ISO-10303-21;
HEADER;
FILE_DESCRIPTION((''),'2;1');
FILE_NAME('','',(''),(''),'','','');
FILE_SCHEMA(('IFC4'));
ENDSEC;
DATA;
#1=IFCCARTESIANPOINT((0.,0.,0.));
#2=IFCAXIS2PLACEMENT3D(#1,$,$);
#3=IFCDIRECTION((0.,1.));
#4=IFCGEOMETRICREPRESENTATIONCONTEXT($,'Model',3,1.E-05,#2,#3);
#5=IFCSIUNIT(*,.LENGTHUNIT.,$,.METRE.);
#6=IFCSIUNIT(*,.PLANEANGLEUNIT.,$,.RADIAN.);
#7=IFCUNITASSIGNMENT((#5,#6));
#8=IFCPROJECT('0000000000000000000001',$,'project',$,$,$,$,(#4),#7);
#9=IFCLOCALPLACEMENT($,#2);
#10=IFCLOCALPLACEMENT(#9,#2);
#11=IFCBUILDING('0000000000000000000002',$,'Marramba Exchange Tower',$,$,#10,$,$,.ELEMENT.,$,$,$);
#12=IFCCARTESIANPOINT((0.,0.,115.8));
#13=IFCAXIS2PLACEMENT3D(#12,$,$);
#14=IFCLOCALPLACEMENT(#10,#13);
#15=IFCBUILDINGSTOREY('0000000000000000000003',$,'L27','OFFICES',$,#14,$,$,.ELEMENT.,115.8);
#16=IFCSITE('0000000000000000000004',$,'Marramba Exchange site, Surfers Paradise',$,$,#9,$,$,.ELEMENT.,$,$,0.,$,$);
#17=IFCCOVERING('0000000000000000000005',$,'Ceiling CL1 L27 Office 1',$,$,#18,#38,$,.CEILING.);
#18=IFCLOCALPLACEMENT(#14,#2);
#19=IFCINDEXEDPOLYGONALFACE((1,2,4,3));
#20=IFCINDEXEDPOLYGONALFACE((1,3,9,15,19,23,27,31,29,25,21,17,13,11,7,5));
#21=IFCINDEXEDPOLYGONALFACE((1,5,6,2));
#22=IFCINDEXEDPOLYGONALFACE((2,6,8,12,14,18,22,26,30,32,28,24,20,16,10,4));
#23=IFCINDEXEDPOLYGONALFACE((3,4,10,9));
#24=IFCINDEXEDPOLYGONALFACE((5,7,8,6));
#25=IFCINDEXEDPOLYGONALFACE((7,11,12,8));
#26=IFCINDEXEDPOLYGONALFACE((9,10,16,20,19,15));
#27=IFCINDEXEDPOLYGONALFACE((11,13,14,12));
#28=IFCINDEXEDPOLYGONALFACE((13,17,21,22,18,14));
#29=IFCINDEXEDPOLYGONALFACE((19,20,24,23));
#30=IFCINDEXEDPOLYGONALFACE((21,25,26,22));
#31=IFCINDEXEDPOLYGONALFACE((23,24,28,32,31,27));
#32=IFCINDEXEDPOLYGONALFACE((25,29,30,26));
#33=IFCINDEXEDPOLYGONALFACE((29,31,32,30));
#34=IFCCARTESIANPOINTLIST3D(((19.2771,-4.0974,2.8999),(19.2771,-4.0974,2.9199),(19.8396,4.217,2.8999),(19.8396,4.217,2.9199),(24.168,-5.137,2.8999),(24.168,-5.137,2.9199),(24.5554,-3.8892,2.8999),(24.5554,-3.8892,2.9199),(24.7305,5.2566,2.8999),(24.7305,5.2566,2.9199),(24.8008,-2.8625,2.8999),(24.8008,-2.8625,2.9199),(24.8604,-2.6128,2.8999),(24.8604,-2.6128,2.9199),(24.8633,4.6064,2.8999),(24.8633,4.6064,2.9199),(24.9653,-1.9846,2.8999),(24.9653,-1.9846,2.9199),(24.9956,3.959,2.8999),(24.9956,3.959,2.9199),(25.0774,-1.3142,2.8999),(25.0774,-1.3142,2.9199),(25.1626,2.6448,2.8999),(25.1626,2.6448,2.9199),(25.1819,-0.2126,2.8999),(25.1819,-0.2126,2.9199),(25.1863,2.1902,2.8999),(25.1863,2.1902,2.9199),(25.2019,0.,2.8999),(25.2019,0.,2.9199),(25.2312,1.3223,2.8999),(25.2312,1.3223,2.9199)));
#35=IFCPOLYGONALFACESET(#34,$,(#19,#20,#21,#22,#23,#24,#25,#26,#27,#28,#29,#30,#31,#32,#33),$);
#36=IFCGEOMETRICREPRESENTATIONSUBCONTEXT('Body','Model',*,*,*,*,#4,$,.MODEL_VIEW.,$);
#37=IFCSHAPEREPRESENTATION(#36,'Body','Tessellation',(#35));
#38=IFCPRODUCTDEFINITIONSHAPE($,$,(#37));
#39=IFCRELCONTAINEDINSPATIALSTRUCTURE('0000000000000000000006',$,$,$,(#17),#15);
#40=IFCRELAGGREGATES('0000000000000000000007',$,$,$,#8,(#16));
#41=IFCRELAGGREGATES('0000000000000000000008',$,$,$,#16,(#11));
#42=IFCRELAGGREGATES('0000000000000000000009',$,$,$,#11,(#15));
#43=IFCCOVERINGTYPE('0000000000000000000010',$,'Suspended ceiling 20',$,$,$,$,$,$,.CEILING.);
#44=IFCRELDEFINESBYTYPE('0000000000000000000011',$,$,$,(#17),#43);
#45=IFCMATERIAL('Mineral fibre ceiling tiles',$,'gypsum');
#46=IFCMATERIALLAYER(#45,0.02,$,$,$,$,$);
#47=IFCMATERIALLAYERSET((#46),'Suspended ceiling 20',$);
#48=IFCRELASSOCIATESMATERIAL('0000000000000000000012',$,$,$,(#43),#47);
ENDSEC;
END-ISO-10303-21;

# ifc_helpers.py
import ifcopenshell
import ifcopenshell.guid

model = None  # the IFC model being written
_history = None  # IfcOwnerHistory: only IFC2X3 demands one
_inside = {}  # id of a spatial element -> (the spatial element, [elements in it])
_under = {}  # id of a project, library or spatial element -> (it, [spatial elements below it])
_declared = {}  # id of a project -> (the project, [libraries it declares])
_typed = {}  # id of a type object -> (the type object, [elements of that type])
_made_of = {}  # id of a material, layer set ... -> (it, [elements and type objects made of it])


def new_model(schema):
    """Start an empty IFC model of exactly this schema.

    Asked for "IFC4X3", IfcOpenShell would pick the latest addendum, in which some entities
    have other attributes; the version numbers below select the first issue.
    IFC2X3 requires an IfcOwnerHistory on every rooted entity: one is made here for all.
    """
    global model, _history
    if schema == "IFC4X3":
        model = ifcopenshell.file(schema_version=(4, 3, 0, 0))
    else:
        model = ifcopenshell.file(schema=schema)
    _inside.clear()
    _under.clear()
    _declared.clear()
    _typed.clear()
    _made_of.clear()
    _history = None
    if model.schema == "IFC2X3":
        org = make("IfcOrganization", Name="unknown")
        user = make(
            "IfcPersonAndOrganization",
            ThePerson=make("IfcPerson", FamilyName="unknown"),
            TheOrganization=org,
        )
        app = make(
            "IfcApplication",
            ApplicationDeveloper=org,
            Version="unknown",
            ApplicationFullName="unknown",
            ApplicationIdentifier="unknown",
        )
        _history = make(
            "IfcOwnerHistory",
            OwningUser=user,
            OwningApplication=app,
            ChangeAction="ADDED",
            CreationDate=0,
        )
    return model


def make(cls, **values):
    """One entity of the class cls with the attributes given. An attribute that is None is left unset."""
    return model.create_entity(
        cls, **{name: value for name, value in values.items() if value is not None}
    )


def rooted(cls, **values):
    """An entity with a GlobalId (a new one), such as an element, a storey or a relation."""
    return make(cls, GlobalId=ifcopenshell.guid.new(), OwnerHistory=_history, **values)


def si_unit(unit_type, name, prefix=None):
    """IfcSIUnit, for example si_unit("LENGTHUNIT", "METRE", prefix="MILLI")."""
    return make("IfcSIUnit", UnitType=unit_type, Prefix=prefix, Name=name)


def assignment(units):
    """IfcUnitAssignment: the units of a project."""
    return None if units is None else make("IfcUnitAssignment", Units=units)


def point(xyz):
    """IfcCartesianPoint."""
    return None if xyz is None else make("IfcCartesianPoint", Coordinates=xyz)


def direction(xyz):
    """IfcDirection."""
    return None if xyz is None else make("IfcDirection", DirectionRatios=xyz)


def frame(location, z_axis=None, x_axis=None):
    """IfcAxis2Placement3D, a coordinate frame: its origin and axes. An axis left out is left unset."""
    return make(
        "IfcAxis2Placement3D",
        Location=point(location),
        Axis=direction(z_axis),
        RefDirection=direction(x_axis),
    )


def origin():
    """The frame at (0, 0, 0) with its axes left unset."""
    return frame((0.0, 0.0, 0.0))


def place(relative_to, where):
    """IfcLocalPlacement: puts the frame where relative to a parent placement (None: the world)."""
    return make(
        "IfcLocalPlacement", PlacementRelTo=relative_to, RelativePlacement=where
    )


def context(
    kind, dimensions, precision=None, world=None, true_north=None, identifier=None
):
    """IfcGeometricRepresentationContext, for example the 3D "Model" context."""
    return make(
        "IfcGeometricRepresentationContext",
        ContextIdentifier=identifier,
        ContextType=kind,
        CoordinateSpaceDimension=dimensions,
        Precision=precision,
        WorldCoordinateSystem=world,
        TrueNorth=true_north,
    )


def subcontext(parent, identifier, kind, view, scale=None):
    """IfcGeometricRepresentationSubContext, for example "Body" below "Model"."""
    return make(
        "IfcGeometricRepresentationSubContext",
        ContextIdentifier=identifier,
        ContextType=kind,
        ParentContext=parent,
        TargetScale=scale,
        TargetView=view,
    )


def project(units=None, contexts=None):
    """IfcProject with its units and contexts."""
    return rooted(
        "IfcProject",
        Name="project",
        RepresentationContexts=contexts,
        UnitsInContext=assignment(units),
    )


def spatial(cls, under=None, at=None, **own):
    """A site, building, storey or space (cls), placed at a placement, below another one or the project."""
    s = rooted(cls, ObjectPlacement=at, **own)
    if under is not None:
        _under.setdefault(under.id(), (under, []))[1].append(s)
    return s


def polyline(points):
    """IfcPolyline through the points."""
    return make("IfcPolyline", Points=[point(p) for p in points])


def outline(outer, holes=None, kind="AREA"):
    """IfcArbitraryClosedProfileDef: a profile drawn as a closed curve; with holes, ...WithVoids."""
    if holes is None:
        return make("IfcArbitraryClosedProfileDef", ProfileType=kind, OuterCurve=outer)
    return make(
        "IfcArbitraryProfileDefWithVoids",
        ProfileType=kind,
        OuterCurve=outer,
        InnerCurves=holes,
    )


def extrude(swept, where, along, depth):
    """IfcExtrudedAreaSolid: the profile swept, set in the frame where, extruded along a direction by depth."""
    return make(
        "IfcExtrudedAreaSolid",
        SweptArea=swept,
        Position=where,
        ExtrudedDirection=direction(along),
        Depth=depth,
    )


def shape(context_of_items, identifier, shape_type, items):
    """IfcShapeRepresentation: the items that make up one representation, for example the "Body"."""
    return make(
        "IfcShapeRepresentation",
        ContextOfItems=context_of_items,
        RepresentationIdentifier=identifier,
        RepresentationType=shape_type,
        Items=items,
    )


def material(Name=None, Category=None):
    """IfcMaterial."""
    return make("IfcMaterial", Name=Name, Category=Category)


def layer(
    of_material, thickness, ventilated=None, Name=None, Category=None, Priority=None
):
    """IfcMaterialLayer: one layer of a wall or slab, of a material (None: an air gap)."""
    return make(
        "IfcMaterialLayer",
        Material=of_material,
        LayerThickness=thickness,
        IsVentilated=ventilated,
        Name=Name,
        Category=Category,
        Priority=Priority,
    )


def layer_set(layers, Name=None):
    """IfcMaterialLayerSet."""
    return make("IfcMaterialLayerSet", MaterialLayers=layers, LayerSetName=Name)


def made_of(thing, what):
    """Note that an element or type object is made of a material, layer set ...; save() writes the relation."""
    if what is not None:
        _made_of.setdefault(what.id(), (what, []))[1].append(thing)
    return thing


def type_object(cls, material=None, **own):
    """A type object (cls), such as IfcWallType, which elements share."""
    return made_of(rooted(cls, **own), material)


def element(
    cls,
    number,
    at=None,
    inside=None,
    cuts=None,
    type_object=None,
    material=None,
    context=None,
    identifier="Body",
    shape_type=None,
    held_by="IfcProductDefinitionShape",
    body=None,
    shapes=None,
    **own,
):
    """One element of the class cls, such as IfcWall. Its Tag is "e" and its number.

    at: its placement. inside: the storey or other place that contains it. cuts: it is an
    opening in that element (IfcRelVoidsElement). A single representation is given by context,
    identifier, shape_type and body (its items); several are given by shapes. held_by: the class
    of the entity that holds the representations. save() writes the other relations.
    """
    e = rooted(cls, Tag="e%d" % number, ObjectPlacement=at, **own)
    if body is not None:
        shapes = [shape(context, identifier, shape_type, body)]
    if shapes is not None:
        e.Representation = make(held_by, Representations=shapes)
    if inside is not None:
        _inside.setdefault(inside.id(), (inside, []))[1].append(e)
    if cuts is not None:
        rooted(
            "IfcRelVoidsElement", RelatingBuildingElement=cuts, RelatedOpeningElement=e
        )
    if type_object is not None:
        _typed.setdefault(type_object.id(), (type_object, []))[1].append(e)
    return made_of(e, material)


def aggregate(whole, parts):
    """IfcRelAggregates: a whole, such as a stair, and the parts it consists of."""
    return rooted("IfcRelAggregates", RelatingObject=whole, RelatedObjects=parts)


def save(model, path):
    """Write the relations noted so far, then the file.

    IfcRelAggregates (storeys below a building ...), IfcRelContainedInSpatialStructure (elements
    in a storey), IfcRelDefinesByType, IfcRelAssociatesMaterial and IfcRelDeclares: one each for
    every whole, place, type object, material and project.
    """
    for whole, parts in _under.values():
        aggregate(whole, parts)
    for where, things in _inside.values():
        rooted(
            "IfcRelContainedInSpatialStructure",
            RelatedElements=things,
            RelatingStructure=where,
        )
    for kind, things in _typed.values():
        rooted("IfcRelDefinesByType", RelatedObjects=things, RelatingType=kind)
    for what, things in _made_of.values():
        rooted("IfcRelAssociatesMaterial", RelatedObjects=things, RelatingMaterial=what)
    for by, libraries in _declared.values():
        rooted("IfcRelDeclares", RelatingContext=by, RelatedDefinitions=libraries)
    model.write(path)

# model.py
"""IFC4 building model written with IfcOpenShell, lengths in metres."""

from ifc_helpers import new_model, si_unit, direction, frame, origin, place, context, subcontext, project, spatial, polyline, outline, extrude, material, layer, layer_set, type_object, element, save


model = new_model("IFC4")

# Units and contexts
model_context = context("Model", 3, precision=1e-05, world=origin(), true_north=direction((0.0, 1.0)))
body_context = subcontext(model_context, "Body", "Model", "MODEL_VIEW")
ifc_project = project(units=[si_unit("LENGTHUNIT", "METRE"), si_unit("PLANEANGLEUNIT", "RADIAN")], contexts=[model_context])

# Site, building, storey
site_placement = place(None, origin())
site = spatial("IfcSite", under=ifc_project, at=site_placement, Name="Marramba Exchange site, Surfers Paradise", CompositionType="ELEMENT", RefElevation=0.0)
building_placement = place(site_placement, origin())
building = spatial("IfcBuilding", under=site, at=building_placement, Name="Marramba Exchange Tower", CompositionType="ELEMENT")
storey_placement = place(building_placement, frame((0.0, 0.0, 115.8)))
storey = spatial("IfcBuildingStorey", under=building, at=storey_placement, Name="L27", Description="OFFICES", CompositionType="ELEMENT", Elevation=115.8)

# Covering
ifc_material_1 = material(Name="Mineral fibre ceiling tiles", Category="gypsum")
ifc_layer_1 = layer(ifc_material_1, 0.02)
ifc_layer_set_1 = layer_set([ifc_layer_1], Name="Suspended ceiling 20")
covering_type = type_object("IfcCoveringType", Name="Suspended ceiling 20", PredefinedType="CEILING", material=ifc_layer_set_1)
covering_1_placement = place(storey_placement, frame((0.0, 0.0, 2.8999)))
element("IfcCovering", 1, at=covering_1_placement, inside=storey, type_object=covering_type, Name="Ceiling CL1 L27 Office 1", PredefinedType="CEILING", context=body_context, shape_type="SweptSolid", body=[
    extrude(outline(polyline([(24.8633, 4.6064), (24.9956, 3.959), (25.1626, 2.6448), (25.1863, 2.1902), (25.2312, 1.3223), (25.2019, 0.0), (25.1819, -0.2126), (25.0774, -1.3142), (24.9653, -1.9846), (24.8604, -2.6128), (24.8008, -2.8625), (24.5554, -3.8892), (24.168, -5.137), (19.2771, -4.0974), (19.8396, 4.217), (24.7305, 5.2566), (24.8633, 4.6064)])), origin(), (0.0, 0.0, 1.0), 0.02),
])

save(model, "model.ifc")
